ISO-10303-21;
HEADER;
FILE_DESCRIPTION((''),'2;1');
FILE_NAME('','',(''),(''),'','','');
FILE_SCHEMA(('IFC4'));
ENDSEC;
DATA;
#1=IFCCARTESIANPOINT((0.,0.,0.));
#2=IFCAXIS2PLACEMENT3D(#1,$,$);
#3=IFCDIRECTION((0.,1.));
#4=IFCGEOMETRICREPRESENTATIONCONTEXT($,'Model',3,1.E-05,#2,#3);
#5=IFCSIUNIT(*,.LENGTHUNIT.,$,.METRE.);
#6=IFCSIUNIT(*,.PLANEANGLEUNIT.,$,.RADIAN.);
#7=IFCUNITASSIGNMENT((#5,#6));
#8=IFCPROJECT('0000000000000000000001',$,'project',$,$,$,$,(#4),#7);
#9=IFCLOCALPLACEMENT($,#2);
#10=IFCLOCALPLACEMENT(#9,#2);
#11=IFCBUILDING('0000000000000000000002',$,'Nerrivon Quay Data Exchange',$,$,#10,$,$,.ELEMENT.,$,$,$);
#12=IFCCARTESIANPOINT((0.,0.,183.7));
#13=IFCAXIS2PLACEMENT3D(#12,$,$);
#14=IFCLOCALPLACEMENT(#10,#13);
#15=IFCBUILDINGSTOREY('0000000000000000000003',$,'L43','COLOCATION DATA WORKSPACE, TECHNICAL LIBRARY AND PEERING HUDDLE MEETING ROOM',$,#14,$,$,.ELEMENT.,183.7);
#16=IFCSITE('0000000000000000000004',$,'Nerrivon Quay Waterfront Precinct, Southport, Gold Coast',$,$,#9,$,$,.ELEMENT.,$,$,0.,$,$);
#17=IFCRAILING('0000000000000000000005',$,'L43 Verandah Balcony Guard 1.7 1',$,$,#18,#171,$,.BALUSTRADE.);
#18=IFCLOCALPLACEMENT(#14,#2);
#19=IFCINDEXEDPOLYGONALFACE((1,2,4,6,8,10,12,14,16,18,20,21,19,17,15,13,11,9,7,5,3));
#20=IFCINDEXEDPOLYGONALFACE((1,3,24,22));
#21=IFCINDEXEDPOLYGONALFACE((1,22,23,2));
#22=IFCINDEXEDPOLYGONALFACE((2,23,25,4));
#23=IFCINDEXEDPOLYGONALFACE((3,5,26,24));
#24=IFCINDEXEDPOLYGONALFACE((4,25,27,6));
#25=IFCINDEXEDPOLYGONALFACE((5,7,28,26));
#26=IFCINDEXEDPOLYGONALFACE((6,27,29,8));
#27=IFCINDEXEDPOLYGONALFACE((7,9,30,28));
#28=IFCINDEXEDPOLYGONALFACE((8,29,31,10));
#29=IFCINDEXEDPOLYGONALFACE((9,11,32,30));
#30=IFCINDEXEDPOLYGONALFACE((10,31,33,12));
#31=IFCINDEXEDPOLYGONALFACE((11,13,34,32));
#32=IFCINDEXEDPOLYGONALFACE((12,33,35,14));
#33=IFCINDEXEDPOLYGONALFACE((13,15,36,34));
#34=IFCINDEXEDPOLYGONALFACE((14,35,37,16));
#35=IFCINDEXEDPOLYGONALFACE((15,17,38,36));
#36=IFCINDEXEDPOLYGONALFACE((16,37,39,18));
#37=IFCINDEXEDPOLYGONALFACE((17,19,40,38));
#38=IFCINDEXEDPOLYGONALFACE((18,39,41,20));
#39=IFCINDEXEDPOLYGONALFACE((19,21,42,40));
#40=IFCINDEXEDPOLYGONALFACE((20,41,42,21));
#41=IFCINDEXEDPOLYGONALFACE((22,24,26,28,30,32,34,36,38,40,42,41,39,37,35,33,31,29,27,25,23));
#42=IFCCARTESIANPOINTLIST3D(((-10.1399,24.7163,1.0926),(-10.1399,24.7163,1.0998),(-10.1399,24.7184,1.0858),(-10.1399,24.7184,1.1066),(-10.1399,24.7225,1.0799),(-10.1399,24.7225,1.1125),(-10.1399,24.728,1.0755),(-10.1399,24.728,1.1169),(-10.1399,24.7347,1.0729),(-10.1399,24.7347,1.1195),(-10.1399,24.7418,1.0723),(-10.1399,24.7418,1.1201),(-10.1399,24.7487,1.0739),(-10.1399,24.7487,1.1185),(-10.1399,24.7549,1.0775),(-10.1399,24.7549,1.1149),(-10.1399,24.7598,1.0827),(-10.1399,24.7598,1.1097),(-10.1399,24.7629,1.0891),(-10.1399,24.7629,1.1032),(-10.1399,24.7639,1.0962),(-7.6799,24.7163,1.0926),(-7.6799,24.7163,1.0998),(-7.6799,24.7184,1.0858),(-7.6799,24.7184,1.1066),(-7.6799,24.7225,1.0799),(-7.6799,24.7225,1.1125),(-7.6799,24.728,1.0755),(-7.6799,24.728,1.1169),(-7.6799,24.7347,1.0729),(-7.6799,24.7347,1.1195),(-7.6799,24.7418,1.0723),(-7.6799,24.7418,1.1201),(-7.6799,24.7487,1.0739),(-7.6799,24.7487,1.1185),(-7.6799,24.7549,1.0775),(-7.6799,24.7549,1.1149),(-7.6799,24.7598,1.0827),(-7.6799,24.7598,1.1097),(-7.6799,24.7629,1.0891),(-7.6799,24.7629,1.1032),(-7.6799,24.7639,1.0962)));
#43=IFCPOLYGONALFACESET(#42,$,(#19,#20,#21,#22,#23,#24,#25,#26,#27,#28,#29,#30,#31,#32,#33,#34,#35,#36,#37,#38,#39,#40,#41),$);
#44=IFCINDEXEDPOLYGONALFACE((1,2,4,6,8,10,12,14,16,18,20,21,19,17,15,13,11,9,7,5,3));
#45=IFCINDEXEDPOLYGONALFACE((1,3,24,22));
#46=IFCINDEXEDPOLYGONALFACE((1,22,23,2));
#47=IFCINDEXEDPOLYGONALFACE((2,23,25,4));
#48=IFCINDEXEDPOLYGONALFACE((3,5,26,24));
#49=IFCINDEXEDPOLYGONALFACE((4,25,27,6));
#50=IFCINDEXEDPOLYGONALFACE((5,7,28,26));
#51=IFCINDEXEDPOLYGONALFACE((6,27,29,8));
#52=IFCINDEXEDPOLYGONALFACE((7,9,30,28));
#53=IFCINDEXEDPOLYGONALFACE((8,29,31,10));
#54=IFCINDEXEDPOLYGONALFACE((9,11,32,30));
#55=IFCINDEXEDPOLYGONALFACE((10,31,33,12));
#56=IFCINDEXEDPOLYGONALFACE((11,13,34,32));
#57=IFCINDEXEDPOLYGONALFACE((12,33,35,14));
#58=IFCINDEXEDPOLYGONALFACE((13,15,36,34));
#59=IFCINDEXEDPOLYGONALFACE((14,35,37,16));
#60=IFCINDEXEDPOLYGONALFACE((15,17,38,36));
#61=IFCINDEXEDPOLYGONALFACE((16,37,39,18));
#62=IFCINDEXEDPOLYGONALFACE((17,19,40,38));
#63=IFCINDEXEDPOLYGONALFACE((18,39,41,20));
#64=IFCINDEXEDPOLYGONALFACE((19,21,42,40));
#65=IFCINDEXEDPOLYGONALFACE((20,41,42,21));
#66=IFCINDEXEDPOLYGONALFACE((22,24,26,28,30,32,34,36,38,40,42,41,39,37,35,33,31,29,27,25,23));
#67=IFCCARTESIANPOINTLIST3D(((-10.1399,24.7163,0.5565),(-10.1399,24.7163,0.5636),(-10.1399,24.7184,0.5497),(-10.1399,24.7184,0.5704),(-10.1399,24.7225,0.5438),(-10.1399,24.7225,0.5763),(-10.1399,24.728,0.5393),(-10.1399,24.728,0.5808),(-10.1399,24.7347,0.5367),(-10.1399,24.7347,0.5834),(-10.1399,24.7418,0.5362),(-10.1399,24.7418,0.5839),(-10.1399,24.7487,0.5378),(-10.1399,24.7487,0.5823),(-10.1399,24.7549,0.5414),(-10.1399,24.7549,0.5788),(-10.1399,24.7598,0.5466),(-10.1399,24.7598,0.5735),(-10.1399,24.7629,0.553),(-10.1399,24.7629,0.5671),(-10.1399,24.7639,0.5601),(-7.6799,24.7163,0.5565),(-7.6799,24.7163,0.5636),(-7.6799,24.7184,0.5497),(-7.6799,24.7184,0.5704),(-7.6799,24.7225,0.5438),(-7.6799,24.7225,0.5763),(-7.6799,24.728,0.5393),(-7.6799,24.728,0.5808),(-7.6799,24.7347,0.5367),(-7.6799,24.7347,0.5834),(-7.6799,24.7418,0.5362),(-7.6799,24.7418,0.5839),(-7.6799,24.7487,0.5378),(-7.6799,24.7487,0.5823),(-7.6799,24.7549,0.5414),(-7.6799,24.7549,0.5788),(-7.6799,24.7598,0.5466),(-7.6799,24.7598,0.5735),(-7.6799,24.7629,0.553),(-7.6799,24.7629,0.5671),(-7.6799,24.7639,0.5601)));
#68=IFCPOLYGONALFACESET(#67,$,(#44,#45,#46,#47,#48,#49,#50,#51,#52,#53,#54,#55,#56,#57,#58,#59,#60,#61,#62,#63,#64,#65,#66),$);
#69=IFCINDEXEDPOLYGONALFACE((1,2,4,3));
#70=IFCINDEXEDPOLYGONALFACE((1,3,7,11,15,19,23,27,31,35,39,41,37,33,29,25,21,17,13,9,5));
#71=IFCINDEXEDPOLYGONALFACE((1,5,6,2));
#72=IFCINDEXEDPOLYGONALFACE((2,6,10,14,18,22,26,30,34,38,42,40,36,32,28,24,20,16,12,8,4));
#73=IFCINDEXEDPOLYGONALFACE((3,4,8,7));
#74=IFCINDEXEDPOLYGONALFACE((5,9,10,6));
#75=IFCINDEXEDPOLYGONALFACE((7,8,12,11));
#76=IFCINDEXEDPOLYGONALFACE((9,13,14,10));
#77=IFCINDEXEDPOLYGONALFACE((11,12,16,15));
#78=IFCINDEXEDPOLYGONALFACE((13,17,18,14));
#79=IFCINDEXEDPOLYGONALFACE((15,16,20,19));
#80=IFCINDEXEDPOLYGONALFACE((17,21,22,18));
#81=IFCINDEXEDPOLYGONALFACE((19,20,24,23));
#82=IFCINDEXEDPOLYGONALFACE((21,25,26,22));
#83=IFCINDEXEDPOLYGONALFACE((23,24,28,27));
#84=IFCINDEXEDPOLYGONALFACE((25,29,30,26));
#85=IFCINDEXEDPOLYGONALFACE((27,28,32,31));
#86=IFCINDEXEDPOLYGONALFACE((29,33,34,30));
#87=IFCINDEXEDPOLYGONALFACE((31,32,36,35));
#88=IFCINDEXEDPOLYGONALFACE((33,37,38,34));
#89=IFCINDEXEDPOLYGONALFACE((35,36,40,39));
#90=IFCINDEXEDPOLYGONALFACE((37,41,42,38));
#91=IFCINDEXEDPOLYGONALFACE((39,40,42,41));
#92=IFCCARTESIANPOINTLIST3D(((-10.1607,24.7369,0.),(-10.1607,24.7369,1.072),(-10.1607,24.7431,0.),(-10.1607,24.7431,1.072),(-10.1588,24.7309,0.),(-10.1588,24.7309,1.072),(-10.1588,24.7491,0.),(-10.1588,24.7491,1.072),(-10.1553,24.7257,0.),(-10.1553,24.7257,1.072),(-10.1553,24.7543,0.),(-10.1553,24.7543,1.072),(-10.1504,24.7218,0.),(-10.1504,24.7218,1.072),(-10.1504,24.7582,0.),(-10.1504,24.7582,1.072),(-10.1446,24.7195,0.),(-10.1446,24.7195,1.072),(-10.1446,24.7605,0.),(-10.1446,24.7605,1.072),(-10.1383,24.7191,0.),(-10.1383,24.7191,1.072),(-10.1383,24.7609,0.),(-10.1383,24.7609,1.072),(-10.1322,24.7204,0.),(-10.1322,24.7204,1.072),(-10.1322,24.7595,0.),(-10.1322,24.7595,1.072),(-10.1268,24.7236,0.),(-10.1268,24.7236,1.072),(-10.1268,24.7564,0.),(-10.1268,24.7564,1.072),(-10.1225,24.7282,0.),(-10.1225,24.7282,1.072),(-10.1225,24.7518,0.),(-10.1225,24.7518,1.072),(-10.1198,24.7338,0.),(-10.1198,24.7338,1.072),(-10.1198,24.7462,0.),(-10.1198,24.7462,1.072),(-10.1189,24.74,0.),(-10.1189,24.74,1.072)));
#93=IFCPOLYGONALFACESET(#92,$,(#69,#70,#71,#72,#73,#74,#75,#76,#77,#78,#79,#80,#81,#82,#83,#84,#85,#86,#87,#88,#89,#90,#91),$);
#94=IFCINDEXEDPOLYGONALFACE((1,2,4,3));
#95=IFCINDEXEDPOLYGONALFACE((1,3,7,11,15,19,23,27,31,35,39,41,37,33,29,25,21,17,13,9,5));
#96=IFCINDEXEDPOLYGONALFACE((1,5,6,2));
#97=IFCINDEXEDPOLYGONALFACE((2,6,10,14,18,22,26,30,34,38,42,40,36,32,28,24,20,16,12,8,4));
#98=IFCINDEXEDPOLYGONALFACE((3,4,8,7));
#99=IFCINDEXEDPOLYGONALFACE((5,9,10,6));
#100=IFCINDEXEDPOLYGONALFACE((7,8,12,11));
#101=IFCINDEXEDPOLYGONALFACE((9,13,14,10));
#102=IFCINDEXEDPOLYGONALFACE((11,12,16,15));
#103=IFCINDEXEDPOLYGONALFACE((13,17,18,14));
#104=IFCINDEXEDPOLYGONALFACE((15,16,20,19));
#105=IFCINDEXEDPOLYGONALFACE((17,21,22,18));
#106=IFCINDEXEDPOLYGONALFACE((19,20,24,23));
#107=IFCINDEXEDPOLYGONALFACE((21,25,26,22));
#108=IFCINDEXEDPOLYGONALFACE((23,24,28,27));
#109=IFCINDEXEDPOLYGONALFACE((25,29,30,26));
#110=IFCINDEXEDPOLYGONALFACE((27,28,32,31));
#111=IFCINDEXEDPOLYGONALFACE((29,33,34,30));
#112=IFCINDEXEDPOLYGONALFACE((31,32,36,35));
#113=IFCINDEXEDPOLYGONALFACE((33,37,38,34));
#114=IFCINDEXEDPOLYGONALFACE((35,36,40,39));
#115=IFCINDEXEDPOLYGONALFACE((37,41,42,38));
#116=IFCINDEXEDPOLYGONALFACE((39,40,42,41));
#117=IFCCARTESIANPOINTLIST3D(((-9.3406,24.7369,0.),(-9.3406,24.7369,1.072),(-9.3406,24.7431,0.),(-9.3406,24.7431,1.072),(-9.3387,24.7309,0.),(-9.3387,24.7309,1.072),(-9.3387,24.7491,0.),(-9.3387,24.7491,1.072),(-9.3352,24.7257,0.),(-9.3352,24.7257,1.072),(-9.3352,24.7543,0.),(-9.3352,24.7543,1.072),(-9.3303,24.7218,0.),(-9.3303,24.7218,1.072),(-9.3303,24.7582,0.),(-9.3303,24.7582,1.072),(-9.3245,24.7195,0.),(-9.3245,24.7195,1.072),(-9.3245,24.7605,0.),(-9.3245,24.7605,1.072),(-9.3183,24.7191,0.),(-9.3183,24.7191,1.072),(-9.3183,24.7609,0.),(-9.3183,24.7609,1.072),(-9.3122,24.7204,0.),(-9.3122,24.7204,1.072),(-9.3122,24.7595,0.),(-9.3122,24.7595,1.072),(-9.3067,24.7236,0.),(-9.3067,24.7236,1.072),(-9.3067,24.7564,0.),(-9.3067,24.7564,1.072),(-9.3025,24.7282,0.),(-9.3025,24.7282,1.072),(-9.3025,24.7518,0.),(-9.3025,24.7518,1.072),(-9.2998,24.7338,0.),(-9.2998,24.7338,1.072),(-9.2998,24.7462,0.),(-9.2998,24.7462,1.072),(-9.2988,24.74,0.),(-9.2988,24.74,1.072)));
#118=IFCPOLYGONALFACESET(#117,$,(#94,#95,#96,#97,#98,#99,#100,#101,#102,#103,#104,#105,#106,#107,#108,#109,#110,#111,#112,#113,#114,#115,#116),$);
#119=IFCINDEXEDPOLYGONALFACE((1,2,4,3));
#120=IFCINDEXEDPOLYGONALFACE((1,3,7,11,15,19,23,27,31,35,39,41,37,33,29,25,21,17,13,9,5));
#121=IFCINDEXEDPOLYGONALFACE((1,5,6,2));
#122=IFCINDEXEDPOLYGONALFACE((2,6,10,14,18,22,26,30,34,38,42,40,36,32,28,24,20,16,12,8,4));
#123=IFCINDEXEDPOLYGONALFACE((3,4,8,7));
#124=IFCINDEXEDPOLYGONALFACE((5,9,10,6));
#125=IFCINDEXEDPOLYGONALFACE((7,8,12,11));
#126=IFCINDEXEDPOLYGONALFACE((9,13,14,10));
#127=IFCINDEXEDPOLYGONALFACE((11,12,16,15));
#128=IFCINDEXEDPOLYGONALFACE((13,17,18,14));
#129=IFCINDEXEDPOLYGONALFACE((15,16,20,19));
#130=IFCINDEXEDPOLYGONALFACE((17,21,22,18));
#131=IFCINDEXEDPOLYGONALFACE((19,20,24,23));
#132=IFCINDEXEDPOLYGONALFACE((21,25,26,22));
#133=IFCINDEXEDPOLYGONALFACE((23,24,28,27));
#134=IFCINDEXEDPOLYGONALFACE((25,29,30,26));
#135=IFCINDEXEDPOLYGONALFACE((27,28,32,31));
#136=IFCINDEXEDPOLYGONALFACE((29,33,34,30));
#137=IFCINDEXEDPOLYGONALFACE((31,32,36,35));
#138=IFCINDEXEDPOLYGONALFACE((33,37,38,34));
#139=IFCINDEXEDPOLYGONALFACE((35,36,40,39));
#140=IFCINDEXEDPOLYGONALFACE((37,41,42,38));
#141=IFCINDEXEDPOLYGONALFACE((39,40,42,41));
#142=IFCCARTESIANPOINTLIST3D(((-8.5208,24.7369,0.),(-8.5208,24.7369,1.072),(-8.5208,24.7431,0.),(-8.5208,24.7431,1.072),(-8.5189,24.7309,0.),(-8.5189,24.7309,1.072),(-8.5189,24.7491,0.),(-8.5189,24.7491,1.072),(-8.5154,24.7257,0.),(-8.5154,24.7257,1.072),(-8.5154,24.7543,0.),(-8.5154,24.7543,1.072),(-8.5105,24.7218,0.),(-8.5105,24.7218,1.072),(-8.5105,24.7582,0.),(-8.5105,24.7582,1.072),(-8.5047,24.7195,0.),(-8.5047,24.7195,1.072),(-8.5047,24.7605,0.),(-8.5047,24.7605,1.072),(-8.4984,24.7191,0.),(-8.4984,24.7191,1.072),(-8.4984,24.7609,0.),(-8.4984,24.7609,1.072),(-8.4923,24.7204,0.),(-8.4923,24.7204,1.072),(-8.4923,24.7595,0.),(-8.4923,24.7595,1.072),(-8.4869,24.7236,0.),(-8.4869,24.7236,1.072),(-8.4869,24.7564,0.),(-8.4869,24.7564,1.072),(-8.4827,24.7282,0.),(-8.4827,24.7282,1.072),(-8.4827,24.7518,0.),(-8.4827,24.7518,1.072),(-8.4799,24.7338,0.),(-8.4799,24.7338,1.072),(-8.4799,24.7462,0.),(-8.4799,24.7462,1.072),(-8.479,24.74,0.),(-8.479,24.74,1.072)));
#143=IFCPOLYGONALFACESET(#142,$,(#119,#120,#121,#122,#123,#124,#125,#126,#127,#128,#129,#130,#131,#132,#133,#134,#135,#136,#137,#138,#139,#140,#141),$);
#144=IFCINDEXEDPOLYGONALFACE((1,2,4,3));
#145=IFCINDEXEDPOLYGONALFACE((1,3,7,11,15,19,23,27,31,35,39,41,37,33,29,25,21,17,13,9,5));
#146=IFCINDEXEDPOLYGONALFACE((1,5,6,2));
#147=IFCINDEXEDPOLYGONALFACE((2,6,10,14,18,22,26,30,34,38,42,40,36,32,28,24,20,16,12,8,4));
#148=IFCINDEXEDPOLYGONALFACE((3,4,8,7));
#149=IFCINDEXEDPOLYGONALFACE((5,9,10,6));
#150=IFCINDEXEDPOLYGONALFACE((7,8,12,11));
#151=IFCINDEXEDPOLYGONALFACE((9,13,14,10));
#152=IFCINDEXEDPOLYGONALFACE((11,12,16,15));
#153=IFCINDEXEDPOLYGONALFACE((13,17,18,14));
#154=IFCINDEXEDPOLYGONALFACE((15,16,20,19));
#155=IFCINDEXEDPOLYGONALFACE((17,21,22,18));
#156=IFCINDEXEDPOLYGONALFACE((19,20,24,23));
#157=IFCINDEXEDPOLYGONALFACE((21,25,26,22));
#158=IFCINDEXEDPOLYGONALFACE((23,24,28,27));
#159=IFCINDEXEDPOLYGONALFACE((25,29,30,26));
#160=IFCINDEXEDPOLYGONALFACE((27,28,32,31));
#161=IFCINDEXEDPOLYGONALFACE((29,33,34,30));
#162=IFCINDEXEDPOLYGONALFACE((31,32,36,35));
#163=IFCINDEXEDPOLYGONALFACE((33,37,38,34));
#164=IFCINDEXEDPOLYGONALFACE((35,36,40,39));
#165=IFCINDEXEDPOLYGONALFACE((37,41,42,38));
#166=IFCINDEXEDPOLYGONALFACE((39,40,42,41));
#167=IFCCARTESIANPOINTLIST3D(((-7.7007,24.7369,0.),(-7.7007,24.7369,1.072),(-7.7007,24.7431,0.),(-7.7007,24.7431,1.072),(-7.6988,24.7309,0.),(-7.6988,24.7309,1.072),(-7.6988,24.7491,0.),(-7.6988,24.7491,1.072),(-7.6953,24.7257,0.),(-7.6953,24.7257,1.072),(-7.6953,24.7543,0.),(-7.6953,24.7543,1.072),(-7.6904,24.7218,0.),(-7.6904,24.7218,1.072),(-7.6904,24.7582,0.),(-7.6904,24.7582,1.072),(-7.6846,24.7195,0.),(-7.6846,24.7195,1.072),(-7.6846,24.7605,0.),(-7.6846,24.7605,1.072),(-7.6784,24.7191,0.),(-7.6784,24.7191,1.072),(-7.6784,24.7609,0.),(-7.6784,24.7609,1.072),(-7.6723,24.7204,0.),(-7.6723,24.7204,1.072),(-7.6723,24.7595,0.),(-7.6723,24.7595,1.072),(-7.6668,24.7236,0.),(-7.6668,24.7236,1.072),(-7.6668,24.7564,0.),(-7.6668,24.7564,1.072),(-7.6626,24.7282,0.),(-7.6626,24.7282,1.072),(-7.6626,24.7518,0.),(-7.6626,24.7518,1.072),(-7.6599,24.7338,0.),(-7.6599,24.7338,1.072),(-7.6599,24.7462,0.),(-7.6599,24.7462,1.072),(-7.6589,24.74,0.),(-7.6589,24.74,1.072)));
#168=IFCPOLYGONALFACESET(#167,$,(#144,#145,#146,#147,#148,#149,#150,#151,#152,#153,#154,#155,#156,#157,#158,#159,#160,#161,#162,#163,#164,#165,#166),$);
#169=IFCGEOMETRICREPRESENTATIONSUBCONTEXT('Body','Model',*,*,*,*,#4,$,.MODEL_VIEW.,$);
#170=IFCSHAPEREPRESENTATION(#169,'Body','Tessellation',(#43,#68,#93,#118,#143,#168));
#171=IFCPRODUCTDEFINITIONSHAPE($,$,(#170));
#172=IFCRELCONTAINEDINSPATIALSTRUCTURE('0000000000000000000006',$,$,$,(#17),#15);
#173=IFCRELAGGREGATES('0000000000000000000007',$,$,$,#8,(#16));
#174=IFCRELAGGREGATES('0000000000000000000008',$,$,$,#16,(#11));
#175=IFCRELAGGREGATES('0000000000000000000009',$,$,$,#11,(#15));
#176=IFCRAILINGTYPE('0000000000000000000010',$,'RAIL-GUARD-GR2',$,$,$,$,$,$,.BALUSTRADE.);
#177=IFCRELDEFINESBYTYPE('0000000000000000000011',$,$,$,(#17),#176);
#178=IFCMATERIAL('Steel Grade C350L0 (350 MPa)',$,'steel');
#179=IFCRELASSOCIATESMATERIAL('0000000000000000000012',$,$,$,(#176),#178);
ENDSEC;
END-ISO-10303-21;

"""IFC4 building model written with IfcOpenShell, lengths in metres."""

from ifc_helpers import new_model, si_unit, direction, frame, origin, origin_2d, place, context, subcontext, project, spatial, circle, extrude, material, type_object, element, save


model = new_model("IFC4")

# Units and contexts
model_context = context("Model", 3, precision=1e-05, world=origin(), true_north=direction((0.0, 1.0)))
body_context = subcontext(model_context, "Body", "Model", "MODEL_VIEW")
ifc_project = project(units=[si_unit("LENGTHUNIT", "METRE"), si_unit("PLANEANGLEUNIT", "RADIAN")], contexts=[model_context])

# Site, building, storey
site_placement = place(None, origin())
site = spatial("IfcSite", under=ifc_project, at=site_placement, Name="Nerrivon Quay Waterfront Precinct, Southport, Gold Coast", CompositionType="ELEMENT", RefElevation=0.0)
building_placement = place(site_placement, origin())
building = spatial("IfcBuilding", under=site, at=building_placement, Name="Nerrivon Quay Data Exchange", CompositionType="ELEMENT")
storey_placement = place(building_placement, frame((0.0, 0.0, 183.7)))
storey = spatial("IfcBuildingStorey", under=building, at=storey_placement, Name="L43", Description="COLOCATION DATA WORKSPACE, TECHNICAL LIBRARY AND PEERING HUDDLE MEETING ROOM", CompositionType="ELEMENT", Elevation=183.7)

# Railing
ifc_material_1 = material(Name="Steel Grade C350L0 (350 MPa)", Category="steel")
railing_type = type_object("IfcRailingType", Name="RAIL-GUARD-GR2", PredefinedType="BALUSTRADE", material=ifc_material_1)
railing_1_placement = place(storey_placement, frame((-10.1399, 24.74, 0.0)))
element("IfcRailing", 1, at=railing_1_placement, inside=storey, type_object=railing_type, Name="L43 Verandah Balcony Guard 1.7 1", PredefinedType="BALUSTRADE", context=body_context, shape_type="SweptSolid", body=[
    extrude(circle(Radius=0.0239, at=origin_2d()), frame((0.0, 0.0, 1.0962), z_axis=(1.0, 0.0, 0.0), x_axis=(0.0, 1.0, 0.0)), (0.0, 0.0, 1.0), 2.46),
    extrude(circle(Radius=0.0239, at=origin_2d()), frame((0.0, 0.0, 0.5601), z_axis=(1.0, 0.0, 0.0), x_axis=(0.0, 1.0, 0.0)), (0.0, 0.0, 1.0), 2.46),
    extrude(circle(Radius=0.021, at=origin_2d()), origin(), (0.0, 0.0, 1.0), 1.072),
    extrude(circle(Radius=0.021, at=origin_2d()), frame((0.8201, 0.0, 0.0)), (0.0, 0.0, 1.0), 1.072),
    extrude(circle(Radius=0.021, at=origin_2d()), frame((1.6399, 0.0, 0.0)), (0.0, 0.0, 1.0), 1.072),
    extrude(circle(Radius=0.021, at=origin_2d()), frame((2.46, 0.0, 0.0)), (0.0, 0.0, 1.0), 1.072),
])

save(model, "model.ifc")
